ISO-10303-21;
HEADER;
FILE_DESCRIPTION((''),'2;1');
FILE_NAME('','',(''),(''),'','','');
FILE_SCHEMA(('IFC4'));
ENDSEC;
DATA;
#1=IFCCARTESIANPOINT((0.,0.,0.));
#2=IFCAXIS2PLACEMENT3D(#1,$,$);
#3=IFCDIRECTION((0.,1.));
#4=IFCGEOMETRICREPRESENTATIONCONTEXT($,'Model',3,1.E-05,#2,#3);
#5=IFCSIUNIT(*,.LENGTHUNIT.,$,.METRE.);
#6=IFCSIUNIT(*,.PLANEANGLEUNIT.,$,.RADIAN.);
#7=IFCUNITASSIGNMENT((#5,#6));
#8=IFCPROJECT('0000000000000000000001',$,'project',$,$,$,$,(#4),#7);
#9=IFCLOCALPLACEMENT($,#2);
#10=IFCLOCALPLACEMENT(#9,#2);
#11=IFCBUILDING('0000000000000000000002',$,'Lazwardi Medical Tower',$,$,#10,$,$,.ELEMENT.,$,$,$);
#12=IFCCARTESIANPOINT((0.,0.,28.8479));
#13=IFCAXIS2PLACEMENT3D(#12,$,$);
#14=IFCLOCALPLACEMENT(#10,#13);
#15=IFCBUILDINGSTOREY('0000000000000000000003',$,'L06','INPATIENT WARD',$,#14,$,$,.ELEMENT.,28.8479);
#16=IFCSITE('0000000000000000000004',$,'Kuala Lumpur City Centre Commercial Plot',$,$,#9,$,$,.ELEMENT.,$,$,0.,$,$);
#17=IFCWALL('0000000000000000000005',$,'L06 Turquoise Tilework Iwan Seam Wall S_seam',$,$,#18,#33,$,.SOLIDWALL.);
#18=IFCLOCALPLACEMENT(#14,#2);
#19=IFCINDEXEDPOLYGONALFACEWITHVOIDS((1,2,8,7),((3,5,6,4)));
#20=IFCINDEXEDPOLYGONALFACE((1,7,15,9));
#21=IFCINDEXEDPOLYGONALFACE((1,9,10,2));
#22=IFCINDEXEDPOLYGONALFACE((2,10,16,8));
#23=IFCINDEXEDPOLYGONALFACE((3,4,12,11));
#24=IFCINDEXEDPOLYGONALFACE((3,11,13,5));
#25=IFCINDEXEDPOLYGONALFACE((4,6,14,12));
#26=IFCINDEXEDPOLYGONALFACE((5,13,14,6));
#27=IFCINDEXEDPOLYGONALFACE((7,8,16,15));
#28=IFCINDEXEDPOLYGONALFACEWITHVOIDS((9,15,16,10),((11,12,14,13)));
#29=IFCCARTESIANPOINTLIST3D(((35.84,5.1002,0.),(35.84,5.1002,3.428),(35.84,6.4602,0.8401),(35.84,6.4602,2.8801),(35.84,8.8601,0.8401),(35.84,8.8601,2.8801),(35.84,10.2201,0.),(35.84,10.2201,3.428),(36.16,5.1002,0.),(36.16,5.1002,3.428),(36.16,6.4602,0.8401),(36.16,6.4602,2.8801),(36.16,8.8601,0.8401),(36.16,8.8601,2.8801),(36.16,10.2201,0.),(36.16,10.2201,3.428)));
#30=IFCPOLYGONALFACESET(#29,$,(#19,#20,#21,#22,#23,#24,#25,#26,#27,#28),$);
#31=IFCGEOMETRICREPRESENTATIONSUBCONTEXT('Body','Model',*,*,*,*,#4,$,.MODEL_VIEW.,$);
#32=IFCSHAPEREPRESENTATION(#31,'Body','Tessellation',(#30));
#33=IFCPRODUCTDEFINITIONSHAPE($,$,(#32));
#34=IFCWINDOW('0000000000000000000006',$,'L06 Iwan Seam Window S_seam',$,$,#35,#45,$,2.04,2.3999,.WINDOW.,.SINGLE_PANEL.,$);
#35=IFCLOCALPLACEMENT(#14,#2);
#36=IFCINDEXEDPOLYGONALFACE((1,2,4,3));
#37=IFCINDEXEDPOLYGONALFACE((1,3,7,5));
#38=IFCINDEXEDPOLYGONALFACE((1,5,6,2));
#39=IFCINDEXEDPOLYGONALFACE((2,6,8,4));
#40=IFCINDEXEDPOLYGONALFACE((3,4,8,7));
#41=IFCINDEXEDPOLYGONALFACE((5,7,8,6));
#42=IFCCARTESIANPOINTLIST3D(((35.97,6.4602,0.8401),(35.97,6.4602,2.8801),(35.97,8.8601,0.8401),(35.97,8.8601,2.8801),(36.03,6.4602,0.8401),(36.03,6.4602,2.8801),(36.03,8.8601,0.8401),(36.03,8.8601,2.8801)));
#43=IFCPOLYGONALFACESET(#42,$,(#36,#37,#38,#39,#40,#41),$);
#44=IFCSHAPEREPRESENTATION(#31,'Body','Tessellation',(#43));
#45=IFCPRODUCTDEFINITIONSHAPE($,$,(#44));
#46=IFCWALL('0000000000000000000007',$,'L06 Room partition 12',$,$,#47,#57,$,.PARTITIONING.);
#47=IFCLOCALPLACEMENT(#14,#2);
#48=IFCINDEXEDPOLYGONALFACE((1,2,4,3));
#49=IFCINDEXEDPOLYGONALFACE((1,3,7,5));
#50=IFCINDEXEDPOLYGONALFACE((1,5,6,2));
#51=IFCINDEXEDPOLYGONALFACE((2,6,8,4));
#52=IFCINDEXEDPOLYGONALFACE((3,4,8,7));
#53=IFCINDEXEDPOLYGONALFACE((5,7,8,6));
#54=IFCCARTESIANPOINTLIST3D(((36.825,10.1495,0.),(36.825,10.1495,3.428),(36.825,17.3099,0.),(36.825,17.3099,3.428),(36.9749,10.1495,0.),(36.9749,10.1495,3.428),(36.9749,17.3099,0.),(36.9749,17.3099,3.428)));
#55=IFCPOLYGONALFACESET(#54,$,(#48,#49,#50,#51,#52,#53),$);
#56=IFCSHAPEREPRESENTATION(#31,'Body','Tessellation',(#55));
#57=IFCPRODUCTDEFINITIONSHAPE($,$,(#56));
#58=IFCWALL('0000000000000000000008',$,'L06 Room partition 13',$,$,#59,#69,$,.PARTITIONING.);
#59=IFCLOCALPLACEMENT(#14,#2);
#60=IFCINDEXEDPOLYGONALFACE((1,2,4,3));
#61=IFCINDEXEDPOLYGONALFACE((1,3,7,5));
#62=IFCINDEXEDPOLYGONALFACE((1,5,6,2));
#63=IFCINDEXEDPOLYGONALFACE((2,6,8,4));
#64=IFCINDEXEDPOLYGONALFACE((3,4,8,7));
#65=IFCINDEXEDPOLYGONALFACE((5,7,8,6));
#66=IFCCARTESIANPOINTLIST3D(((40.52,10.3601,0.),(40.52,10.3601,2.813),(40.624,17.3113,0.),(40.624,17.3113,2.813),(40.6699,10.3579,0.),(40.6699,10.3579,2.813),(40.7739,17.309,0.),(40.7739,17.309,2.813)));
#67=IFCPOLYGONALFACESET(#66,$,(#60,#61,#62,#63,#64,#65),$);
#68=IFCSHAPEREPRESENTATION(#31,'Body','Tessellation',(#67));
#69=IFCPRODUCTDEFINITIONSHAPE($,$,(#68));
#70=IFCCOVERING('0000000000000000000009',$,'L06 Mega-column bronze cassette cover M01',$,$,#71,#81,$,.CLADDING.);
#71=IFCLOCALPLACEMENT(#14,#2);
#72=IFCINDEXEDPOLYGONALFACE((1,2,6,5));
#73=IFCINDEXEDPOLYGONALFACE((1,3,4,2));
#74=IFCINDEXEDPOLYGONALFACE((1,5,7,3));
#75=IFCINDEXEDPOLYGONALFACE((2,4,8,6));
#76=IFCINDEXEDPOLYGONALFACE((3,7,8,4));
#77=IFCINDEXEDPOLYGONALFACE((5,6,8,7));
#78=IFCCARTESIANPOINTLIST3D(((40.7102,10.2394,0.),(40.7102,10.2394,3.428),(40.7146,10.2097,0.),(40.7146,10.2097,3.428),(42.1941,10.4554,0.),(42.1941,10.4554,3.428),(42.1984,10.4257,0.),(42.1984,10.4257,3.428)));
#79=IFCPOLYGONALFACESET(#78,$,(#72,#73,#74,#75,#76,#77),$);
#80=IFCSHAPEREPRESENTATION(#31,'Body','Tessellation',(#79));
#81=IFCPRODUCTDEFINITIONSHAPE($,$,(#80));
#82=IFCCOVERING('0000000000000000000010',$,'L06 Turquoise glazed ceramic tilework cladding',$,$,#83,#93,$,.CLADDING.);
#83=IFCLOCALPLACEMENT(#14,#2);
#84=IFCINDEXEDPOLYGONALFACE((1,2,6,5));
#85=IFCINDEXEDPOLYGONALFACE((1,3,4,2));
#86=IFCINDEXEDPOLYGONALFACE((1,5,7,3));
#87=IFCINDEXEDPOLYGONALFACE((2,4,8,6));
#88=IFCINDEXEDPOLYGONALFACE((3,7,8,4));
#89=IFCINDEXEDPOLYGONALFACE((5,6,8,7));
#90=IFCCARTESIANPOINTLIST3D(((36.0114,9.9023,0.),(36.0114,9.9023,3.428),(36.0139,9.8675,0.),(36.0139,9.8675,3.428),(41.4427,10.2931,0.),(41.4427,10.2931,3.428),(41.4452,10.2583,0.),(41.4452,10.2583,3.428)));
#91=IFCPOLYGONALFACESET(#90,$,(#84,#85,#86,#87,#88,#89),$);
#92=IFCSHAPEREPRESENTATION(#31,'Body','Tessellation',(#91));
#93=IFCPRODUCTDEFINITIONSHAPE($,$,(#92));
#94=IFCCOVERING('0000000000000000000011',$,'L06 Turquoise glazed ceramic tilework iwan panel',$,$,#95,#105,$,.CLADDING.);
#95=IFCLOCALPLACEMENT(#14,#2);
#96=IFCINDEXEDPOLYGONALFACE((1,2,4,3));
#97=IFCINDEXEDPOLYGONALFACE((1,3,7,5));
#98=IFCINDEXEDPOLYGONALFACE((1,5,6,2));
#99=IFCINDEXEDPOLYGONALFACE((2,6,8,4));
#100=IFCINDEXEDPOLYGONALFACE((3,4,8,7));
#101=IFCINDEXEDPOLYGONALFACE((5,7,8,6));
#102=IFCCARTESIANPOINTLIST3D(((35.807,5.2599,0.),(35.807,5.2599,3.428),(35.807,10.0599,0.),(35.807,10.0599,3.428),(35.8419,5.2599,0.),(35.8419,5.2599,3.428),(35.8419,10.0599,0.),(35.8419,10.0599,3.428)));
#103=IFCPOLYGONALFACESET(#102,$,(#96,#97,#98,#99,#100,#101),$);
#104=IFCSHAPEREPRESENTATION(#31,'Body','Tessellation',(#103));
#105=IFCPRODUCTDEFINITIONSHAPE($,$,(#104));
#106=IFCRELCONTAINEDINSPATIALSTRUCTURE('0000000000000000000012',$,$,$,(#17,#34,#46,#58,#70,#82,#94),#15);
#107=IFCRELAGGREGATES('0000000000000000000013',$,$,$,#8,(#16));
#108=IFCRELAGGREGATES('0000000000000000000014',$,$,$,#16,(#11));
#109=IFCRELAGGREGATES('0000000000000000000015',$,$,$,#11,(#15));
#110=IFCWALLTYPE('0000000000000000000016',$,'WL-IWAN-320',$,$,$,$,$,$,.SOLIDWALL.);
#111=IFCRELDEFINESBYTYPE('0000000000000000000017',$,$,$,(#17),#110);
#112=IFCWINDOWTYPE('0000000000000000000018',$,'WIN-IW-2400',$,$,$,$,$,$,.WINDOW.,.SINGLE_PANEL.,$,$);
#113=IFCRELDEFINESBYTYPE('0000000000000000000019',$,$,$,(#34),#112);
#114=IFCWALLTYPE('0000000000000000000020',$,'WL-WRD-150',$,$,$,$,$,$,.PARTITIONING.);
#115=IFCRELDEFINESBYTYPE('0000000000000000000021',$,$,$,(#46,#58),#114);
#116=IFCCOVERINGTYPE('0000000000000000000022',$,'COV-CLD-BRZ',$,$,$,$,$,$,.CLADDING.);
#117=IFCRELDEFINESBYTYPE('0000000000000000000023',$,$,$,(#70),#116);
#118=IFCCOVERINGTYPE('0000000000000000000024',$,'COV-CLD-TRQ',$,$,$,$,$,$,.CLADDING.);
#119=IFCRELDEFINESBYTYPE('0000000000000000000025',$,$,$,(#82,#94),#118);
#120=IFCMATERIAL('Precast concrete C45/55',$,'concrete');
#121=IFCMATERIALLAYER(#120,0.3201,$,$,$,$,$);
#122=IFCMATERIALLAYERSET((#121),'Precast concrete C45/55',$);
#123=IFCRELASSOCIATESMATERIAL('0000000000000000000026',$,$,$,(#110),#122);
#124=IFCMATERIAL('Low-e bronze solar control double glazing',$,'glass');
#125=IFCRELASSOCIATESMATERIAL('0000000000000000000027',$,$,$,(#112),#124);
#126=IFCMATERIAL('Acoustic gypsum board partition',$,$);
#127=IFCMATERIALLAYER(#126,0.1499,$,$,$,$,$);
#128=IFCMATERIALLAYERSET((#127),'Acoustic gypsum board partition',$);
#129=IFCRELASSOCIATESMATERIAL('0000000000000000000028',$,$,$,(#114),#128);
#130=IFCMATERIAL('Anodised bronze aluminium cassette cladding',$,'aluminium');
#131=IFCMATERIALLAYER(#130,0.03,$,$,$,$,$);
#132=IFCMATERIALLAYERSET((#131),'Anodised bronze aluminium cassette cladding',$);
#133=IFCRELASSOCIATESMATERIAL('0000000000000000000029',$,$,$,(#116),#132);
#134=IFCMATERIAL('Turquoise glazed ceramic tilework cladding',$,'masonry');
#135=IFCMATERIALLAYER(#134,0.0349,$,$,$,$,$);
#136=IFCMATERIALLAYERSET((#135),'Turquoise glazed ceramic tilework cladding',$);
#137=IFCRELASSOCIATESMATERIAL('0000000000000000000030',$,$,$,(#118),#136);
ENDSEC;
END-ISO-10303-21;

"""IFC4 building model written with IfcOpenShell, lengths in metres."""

from ifc_helpers import new_model, si_unit, direction, frame, frame_2d, origin, origin_2d, place, context, subcontext, project, spatial, rectangle, extrude, material, layer, layer_set, type_object, element, fill, save


model = new_model("IFC4")

# Units and contexts
model_context = context("Model", 3, precision=1e-05, world=origin(), true_north=direction((0.0, 1.0)))
body_context = subcontext(model_context, "Body", "Model", "MODEL_VIEW")
ifc_project = project(units=[si_unit("LENGTHUNIT", "METRE"), si_unit("PLANEANGLEUNIT", "RADIAN")], contexts=[model_context])

# Site, building, storey
site_placement = place(None, origin())
site = spatial("IfcSite", under=ifc_project, at=site_placement, Name="Kuala Lumpur City Centre Commercial Plot", CompositionType="ELEMENT", RefElevation=0.0)
building_placement = place(site_placement, origin())
building = spatial("IfcBuilding", under=site, at=building_placement, Name="Lazwardi Medical Tower", CompositionType="ELEMENT")
storey_placement = place(building_placement, frame((0.0, 0.0, 28.8479)))
storey = spatial("IfcBuildingStorey", under=building, at=storey_placement, Name="L06", Description="INPATIENT WARD", CompositionType="ELEMENT", Elevation=28.8479)

# Shared definitions
ifc_material_1 = material(Name="Low-e bronze solar control double glazing", Category="glass")

# Wall, opening, window
ifc_material_2 = material(Name="Precast concrete C45/55", Category="concrete")
ifc_layer_1 = layer(ifc_material_2, 0.3201)
ifc_layer_set_1 = layer_set([ifc_layer_1], Name="Precast concrete C45/55")
wall_type_1 = type_object("IfcWallType", Name="WL-IWAN-320", PredefinedType="SOLIDWALL", material=ifc_layer_set_1)
wall_1_placement = place(storey_placement, frame((36.0, 5.1001, 0.0), z_axis=(0.0, 0.0, 1.0), x_axis=(0.0, 1.0, 0.0)))
wall_1 = element("IfcWall", 1, at=wall_1_placement, inside=storey, type_object=wall_type_1, Name="L06 Turquoise Tilework Iwan Seam Wall S_seam", PredefinedType="SOLIDWALL", context=body_context, shape_type="SweptSolid", body=[
    extrude(rectangle(XDim=5.1199, YDim=0.3201, at=frame_2d((2.5601, 0.0))), origin(), (0.0, 0.0, 1.0), 3.428),
])
opening_1_placement = place(wall_1_placement, frame((1.3601, 0.0, 0.8401)))
opening_1 = element("IfcOpeningElement", 2, at=opening_1_placement, cuts=wall_1, PredefinedType="OPENING", context=body_context, shape_type="SweptSolid", body=[
    extrude(rectangle(XDim=2.3999, YDim=2.04, at=frame_2d((1.2, 1.02))), frame((0.0, 0.1699, 0.0), z_axis=(0.0, -1.0, 0.0), x_axis=(1.0, 0.0, 0.0)), (0.0, 0.0, 1.0), 0.3401),
])
window_type_1 = type_object("IfcWindowType", Name="WIN-IW-2400", PartitioningType="SINGLE_PANEL", PredefinedType="WINDOW", material=ifc_material_1)
window_1_placement = place(opening_1_placement, origin())
window_1 = element("IfcWindow", 3, at=window_1_placement, inside=storey, type_object=window_type_1, Name="L06 Iwan Seam Window S_seam", OverallHeight=2.04, OverallWidth=2.3999, PartitioningType="SINGLE_PANEL", PredefinedType="WINDOW", context=body_context, shape_type="SweptSolid", body=[
    extrude(rectangle(XDim=2.3999, YDim=2.04, at=frame_2d((1.2, 1.02))), frame((0.0, 0.03, 0.0), z_axis=(0.0, -1.0, 0.0), x_axis=(1.0, 0.0, 0.0)), (0.0, 0.0, 1.0), 0.0601),
])
fill(opening_1, window_1)

# Walls
ifc_material_3 = material(Name="Acoustic gypsum board partition")
ifc_layer_2 = layer(ifc_material_3, 0.1499)
ifc_layer_set_2 = layer_set([ifc_layer_2], Name="Acoustic gypsum board partition")
wall_type_2 = type_object("IfcWallType", Name="WL-WRD-150", PredefinedType="PARTITIONING", material=ifc_layer_set_2)
wall_2_placement = place(storey_placement, frame((36.8999, 10.1497, 0.0), z_axis=(0.0, 0.0, 1.0), x_axis=(0.0, 1.0, 0.0)))
element("IfcWall", 4, at=wall_2_placement, inside=storey, type_object=wall_type_2, Name="L06 Room partition 12", PredefinedType="PARTITIONING", context=body_context, shape_type="SweptSolid", body=[
    extrude(rectangle(XDim=7.1604, YDim=0.1499, at=frame_2d((3.5801, 0.0))), origin(), (0.0, 0.0, 1.0), 3.428),
])
wall_3_placement = place(storey_placement, frame((40.595, 10.3589, 0.0), z_axis=(0.0, 0.0, 1.0), x_axis=(0.01496, 0.999888, 0.0)))
element("IfcWall", 5, at=wall_3_placement, inside=storey, type_object=wall_type_2, Name="L06 Room partition 13", PredefinedType="PARTITIONING", context=body_context, shape_type="SweptSolid", body=[
    extrude(rectangle(XDim=6.9519, YDim=0.1499, at=frame_2d((3.4761, 0.0))), origin(), (0.0, 0.0, 1.0), 2.813),
])

# Coverings
ifc_material_4 = material(Name="Anodised bronze aluminium cassette cladding", Category="aluminium")
ifc_layer_3 = layer(ifc_material_4, 0.03)
ifc_layer_set_3 = layer_set([ifc_layer_3], Name="Anodised bronze aluminium cassette cladding")
covering_type_1 = type_object("IfcCoveringType", Name="COV-CLD-BRZ", PredefinedType="CLADDING", material=ifc_layer_set_3)
covering_1_placement = place(storey_placement, frame((41.4543, 10.3325, 0.0), z_axis=(0.0, 0.0, 1.0), x_axis=(0.989573, 0.144035, 0.0)))
element("IfcCovering", 6, at=covering_1_placement, inside=storey, type_object=covering_type_1, Name="L06 Mega-column bronze cassette cover M01", PredefinedType="CLADDING", context=body_context, shape_type="SweptSolid", body=[
    extrude(rectangle(XDim=1.4995, YDim=0.03, at=origin_2d()), origin(), (0.0, 0.0, 1.0), 3.428),
])
ifc_material_5 = material(Name="Turquoise glazed ceramic tilework cladding", Category="masonry")
ifc_layer_4 = layer(ifc_material_5, 0.0349)
ifc_layer_set_4 = layer_set([ifc_layer_4], Name="Turquoise glazed ceramic tilework cladding")
covering_type_2 = type_object("IfcCoveringType", Name="COV-CLD-TRQ", PredefinedType="CLADDING", material=ifc_layer_set_4)
covering_2_placement = place(storey_placement, frame((38.7283, 10.0803, 0.0), z_axis=(0.0, 0.0, 1.0), x_axis=(0.997421, 0.071767, 0.0)))
element("IfcCovering", 7, at=covering_2_placement, inside=storey, type_object=covering_type_2, Name="L06 Turquoise glazed ceramic tilework cladding", PredefinedType="CLADDING", context=body_context, shape_type="SweptSolid", body=[
    extrude(rectangle(XDim=5.4453, YDim=0.0349, at=origin_2d()), origin(), (0.0, 0.0, 1.0), 3.428),
])
covering_3_placement = place(storey_placement, frame((35.8245, 7.6599, 0.0), z_axis=(0.0, 0.0, 1.0), x_axis=(0.0, 1.0, 0.0)))
element("IfcCovering", 8, at=covering_3_placement, inside=storey, type_object=covering_type_2, Name="L06 Turquoise glazed ceramic tilework iwan panel", PredefinedType="CLADDING", context=body_context, shape_type="SweptSolid", body=[
    extrude(rectangle(XDim=4.8, YDim=0.0349, at=origin_2d()), origin(), (0.0, 0.0, 1.0), 3.428),
])

save(model, "model.ifc")
